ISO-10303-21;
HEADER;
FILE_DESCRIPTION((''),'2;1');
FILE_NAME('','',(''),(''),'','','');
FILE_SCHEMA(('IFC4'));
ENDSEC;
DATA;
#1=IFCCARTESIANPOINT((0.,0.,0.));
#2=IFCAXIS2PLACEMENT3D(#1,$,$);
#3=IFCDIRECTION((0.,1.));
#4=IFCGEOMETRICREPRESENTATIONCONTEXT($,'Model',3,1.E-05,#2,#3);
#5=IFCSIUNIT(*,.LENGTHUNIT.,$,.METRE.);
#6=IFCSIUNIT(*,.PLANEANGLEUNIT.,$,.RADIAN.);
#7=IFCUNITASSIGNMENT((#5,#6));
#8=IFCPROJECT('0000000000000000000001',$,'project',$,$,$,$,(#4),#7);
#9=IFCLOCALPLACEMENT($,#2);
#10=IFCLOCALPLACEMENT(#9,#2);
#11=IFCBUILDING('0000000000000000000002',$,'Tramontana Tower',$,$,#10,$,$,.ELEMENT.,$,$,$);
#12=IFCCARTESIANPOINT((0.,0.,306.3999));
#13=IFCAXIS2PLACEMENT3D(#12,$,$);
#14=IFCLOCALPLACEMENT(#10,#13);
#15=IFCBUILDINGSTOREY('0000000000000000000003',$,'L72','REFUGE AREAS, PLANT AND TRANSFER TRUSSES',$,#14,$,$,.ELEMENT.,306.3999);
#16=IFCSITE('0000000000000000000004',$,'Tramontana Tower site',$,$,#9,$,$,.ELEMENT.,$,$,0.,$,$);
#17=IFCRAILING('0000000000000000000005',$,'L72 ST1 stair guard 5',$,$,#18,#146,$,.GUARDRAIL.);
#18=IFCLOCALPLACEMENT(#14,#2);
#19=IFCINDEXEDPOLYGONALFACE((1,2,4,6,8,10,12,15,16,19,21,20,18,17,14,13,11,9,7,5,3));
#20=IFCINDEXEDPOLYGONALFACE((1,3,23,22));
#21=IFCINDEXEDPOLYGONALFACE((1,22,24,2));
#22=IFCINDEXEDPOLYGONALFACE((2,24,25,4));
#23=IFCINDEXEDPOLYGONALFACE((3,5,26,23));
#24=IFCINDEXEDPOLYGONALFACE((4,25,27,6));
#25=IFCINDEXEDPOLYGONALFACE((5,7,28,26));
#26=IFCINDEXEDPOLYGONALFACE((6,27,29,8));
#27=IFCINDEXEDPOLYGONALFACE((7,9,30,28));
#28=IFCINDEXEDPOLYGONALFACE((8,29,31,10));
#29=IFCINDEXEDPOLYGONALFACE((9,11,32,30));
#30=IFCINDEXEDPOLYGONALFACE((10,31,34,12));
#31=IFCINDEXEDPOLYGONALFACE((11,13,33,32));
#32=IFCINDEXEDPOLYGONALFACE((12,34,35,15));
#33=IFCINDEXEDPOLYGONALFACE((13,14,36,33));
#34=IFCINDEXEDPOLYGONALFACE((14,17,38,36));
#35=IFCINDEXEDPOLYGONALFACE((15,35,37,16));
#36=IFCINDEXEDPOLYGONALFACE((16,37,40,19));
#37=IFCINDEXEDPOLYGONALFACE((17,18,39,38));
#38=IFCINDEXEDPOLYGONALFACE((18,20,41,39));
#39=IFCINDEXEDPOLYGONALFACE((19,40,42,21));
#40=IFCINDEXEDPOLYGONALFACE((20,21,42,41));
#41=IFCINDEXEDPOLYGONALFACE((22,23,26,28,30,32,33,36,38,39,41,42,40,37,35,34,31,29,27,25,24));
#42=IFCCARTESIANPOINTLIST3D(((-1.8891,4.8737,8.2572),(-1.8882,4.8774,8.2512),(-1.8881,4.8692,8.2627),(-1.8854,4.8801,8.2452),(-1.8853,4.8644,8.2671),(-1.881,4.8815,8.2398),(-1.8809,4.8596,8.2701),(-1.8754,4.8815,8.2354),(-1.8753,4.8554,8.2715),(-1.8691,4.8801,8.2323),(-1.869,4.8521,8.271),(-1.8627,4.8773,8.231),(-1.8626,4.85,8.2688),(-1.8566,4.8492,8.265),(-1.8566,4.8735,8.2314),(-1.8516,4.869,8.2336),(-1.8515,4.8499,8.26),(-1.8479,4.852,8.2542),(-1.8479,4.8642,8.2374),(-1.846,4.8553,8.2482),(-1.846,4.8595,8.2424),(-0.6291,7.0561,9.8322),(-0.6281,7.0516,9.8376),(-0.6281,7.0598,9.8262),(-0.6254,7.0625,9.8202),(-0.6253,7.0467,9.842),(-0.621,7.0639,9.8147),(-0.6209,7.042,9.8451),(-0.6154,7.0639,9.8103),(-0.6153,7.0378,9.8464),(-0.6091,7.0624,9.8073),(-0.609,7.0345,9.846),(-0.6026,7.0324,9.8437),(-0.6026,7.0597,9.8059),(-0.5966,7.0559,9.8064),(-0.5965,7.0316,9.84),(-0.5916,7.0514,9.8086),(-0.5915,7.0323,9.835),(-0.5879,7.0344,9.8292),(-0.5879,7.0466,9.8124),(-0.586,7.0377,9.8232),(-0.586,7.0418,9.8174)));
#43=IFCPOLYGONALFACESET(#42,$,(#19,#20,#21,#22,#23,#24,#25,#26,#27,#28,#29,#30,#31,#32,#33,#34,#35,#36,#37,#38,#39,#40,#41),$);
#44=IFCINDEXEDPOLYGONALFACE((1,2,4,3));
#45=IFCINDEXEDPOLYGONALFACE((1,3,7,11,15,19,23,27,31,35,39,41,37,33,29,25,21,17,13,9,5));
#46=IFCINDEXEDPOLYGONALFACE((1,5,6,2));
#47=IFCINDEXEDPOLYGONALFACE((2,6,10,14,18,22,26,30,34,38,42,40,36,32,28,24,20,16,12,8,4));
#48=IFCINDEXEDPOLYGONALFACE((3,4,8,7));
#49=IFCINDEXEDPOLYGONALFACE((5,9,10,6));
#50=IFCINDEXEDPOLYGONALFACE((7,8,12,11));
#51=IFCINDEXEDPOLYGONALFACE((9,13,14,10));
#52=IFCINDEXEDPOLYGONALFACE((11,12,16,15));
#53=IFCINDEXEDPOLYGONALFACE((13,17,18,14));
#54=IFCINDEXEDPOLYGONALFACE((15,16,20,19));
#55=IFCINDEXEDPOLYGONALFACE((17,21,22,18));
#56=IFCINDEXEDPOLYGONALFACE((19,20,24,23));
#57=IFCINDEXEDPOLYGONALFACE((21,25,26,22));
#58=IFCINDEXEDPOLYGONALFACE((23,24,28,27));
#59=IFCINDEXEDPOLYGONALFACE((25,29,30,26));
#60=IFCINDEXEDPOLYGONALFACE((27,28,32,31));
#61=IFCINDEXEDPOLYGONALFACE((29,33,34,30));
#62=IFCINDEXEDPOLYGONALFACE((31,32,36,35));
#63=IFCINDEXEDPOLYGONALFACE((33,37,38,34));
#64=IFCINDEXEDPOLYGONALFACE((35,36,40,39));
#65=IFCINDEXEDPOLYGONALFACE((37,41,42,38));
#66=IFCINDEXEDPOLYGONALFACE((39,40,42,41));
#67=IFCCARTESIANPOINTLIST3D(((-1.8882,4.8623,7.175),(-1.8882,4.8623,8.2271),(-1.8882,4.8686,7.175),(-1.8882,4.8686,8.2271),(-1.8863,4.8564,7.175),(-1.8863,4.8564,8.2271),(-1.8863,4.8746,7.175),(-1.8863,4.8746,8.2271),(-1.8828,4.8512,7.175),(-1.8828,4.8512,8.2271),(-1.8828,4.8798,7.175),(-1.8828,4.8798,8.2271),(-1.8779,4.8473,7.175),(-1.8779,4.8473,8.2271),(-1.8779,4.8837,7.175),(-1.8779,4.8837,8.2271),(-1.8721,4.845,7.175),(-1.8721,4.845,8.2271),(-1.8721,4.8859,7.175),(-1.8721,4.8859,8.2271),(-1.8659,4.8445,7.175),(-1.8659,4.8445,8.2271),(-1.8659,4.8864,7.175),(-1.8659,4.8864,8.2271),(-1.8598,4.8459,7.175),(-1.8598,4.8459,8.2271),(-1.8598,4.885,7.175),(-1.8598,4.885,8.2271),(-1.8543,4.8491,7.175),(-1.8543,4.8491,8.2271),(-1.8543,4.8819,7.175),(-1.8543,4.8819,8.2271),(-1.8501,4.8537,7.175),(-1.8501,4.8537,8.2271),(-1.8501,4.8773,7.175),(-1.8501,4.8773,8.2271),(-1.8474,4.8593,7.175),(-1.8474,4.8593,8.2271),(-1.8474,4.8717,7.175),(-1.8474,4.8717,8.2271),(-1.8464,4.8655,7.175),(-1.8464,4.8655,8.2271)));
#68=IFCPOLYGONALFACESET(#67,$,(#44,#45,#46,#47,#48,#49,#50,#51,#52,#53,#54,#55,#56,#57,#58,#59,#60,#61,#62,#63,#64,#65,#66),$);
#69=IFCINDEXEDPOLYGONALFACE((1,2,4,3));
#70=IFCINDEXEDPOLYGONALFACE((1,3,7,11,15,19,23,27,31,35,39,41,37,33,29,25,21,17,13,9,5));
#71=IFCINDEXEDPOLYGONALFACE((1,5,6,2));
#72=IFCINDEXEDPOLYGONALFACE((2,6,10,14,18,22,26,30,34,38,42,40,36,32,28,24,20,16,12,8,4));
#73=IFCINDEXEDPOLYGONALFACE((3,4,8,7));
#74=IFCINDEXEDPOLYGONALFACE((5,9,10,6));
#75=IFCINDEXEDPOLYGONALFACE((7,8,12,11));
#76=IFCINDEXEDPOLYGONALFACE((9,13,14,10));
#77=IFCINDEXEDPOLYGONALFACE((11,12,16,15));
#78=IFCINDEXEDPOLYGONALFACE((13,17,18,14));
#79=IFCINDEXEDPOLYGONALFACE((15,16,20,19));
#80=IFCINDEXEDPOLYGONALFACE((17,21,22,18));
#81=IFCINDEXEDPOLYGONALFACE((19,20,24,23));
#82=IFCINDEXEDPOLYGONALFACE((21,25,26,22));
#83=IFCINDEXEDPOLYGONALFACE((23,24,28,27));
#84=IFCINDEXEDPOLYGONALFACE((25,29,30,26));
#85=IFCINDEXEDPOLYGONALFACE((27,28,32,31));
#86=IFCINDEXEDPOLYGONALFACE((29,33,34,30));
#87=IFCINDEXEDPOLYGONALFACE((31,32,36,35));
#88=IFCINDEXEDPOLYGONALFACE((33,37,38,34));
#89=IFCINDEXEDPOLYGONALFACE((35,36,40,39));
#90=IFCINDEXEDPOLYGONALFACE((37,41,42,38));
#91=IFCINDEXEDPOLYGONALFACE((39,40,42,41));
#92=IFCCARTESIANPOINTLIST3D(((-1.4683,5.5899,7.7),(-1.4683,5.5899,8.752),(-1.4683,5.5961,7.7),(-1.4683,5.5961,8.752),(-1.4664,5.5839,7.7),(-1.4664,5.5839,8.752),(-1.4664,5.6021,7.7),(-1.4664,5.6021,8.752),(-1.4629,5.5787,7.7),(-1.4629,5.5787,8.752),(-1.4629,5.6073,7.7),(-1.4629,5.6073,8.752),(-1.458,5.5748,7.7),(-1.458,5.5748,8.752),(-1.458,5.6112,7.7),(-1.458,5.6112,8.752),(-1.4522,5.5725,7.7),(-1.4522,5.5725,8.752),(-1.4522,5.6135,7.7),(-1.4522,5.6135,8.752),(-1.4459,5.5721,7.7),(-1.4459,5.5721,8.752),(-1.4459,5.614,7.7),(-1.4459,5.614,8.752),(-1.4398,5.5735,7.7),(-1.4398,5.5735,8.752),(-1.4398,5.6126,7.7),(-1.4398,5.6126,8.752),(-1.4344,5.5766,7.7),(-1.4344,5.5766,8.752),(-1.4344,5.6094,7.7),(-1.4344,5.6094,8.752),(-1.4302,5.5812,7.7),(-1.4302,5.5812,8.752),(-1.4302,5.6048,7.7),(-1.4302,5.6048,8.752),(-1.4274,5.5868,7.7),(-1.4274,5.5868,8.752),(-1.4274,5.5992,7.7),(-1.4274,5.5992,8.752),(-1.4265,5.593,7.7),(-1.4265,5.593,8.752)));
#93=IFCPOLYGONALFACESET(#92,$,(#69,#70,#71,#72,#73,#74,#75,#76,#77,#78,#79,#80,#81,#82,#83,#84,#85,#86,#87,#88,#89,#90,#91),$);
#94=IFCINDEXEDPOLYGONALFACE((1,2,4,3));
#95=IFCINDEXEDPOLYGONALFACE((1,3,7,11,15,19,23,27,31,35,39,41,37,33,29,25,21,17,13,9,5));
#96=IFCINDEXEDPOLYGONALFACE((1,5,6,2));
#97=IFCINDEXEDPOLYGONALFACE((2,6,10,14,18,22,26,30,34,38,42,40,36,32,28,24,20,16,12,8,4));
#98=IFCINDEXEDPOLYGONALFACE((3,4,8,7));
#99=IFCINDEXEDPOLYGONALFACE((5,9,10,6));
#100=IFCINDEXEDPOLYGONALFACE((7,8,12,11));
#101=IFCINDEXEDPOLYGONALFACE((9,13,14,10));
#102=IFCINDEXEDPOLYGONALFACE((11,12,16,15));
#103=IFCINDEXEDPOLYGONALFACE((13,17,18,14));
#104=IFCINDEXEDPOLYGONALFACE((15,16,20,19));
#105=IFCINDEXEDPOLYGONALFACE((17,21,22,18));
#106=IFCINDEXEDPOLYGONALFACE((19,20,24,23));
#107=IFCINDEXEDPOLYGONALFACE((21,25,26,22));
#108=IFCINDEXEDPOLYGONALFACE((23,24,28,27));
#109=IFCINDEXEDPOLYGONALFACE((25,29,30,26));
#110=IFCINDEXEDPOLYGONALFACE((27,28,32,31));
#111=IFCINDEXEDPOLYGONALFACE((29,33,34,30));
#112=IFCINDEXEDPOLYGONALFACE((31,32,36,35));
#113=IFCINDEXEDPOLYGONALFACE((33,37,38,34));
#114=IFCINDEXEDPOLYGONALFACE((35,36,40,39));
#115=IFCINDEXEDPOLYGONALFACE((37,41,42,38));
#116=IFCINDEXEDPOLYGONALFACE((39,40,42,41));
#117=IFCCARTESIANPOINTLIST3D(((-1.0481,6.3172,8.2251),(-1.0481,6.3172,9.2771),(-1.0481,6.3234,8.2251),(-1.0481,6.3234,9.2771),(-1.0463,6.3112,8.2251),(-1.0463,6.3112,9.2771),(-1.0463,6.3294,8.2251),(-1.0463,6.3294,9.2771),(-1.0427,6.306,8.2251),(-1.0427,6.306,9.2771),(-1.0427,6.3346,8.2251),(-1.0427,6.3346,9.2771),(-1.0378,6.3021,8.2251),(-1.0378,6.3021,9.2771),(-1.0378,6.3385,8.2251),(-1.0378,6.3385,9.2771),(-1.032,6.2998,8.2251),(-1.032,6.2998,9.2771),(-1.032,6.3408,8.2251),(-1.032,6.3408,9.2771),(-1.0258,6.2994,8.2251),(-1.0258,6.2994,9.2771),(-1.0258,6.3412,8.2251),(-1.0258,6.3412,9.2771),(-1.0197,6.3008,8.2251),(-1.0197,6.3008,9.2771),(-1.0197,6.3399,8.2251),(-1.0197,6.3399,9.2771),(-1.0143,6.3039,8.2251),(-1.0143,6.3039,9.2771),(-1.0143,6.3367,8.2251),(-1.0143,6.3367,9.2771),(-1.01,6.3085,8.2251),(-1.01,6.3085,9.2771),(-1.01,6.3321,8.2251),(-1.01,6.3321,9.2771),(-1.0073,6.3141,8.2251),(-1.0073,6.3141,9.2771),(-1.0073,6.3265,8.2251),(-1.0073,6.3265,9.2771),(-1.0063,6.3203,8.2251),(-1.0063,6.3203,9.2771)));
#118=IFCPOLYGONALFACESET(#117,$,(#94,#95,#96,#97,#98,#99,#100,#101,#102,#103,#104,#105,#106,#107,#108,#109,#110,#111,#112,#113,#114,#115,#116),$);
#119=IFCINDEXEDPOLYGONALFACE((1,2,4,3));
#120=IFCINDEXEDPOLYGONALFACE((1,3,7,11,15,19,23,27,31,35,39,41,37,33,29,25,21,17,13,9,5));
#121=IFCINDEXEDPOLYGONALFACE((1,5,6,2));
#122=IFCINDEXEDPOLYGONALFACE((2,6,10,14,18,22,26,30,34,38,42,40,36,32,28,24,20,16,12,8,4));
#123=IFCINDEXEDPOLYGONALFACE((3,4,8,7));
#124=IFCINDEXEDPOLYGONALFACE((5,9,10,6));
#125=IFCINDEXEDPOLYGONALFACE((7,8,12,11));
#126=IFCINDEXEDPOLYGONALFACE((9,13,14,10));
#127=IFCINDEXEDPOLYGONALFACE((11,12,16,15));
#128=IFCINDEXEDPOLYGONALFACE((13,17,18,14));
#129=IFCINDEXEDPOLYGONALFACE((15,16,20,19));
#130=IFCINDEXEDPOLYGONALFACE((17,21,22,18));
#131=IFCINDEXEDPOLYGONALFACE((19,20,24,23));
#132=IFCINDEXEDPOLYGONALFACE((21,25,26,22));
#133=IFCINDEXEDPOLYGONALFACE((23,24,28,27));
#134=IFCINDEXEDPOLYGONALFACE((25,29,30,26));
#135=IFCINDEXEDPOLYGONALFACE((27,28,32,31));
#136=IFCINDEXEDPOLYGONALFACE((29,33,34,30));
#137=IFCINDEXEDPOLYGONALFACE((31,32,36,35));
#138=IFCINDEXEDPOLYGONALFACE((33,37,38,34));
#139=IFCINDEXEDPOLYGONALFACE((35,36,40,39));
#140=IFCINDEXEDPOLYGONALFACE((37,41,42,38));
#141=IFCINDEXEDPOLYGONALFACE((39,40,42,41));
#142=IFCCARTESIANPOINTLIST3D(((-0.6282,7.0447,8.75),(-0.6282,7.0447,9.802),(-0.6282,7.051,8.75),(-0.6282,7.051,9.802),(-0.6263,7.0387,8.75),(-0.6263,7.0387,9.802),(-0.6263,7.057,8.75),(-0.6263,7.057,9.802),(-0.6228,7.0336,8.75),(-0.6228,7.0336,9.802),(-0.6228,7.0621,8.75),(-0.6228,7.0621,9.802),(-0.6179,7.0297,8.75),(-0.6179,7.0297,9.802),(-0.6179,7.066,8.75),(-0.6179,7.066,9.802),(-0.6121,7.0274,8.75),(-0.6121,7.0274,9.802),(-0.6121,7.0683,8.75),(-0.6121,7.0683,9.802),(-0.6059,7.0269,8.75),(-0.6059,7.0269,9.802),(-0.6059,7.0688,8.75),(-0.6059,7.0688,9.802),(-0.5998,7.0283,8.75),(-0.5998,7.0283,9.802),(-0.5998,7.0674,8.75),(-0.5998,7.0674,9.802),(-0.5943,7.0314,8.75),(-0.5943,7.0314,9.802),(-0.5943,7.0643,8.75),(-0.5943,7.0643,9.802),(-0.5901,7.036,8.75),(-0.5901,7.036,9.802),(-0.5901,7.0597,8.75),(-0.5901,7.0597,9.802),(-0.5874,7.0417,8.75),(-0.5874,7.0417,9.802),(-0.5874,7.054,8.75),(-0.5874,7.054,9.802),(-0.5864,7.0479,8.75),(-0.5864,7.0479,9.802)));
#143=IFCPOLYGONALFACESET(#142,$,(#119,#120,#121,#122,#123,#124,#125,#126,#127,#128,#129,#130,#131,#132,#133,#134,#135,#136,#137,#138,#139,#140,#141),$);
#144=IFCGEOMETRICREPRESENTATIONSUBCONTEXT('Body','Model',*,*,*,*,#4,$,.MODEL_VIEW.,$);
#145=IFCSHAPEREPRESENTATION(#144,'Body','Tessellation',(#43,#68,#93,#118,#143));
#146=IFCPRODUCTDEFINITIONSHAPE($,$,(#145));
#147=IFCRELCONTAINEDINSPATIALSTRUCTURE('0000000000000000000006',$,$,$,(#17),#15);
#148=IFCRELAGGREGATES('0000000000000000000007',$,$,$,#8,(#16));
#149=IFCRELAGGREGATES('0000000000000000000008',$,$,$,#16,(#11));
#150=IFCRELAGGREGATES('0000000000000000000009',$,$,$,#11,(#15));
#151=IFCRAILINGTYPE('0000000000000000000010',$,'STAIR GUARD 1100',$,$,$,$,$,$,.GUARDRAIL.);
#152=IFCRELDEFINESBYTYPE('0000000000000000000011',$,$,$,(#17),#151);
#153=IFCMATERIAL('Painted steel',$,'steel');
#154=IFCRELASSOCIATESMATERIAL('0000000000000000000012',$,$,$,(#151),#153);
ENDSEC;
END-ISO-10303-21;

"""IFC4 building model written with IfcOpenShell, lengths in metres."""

from ifc_helpers import new_model, si_unit, direction, frame, origin, origin_2d, place, context, subcontext, project, spatial, circle, extrude, material, type_object, element, save


model = new_model("IFC4")

# Units and contexts
model_context = context("Model", 3, precision=1e-05, world=origin(), true_north=direction((0.0, 1.0)))
body_context = subcontext(model_context, "Body", "Model", "MODEL_VIEW")
ifc_project = project(units=[si_unit("LENGTHUNIT", "METRE"), si_unit("PLANEANGLEUNIT", "RADIAN")], contexts=[model_context])

# Site, building, storey
site_placement = place(None, origin())
site = spatial("IfcSite", under=ifc_project, at=site_placement, Name="Tramontana Tower site", CompositionType="ELEMENT", RefElevation=0.0)
building_placement = place(site_placement, origin())
building = spatial("IfcBuilding", under=site, at=building_placement, Name="Tramontana Tower", CompositionType="ELEMENT")
storey_placement = place(building_placement, frame((0.0, 0.0, 306.3999)))
storey = spatial("IfcBuildingStorey", under=building, at=storey_placement, Name="L72", Description="REFUGE AREAS, PLANT AND TRANSFER TRUSSES", CompositionType="ELEMENT", Elevation=306.3999)

# Railing
ifc_material_1 = material(Name="Painted steel", Category="steel")
railing_type_1 = type_object("IfcRailingType", Name="STAIR GUARD 1100", PredefinedType="GUARDRAIL", material=ifc_material_1)
railing_1_placement = place(storey_placement, frame((-1.8674, 4.8655, 7.175)))
element("IfcRailing", 1, at=railing_1_placement, inside=storey, type_object=railing_type_1, Name="L72 ST1 stair guard 5", PredefinedType="GUARDRAIL", context=body_context, shape_type="SweptSolid", body=[
    extrude(circle(Radius=0.0239, at=origin_2d()), frame((0.0, 0.0, 1.0762), z_axis=(0.424007, 0.734392, 0.529988), x_axis=(-0.866023, 0.500005, 0.0)), (0.0, 0.0, 1.0), 2.9717),
    extrude(circle(Radius=0.021, at=origin_2d()), origin(), (0.0, 0.0, 1.0), 1.052),
    extrude(circle(Radius=0.021, at=origin_2d()), frame((0.4199, 0.7275, 0.5249)), (0.0, 0.0, 1.0), 1.052),
    extrude(circle(Radius=0.021, at=origin_2d()), frame((0.8401, 1.4548, 1.05)), (0.0, 0.0, 1.0), 1.052),
    extrude(circle(Radius=0.021, at=origin_2d()), frame((1.26, 2.1824, 1.575)), (0.0, 0.0, 1.0), 1.052),
])

save(model, "model.ifc")
